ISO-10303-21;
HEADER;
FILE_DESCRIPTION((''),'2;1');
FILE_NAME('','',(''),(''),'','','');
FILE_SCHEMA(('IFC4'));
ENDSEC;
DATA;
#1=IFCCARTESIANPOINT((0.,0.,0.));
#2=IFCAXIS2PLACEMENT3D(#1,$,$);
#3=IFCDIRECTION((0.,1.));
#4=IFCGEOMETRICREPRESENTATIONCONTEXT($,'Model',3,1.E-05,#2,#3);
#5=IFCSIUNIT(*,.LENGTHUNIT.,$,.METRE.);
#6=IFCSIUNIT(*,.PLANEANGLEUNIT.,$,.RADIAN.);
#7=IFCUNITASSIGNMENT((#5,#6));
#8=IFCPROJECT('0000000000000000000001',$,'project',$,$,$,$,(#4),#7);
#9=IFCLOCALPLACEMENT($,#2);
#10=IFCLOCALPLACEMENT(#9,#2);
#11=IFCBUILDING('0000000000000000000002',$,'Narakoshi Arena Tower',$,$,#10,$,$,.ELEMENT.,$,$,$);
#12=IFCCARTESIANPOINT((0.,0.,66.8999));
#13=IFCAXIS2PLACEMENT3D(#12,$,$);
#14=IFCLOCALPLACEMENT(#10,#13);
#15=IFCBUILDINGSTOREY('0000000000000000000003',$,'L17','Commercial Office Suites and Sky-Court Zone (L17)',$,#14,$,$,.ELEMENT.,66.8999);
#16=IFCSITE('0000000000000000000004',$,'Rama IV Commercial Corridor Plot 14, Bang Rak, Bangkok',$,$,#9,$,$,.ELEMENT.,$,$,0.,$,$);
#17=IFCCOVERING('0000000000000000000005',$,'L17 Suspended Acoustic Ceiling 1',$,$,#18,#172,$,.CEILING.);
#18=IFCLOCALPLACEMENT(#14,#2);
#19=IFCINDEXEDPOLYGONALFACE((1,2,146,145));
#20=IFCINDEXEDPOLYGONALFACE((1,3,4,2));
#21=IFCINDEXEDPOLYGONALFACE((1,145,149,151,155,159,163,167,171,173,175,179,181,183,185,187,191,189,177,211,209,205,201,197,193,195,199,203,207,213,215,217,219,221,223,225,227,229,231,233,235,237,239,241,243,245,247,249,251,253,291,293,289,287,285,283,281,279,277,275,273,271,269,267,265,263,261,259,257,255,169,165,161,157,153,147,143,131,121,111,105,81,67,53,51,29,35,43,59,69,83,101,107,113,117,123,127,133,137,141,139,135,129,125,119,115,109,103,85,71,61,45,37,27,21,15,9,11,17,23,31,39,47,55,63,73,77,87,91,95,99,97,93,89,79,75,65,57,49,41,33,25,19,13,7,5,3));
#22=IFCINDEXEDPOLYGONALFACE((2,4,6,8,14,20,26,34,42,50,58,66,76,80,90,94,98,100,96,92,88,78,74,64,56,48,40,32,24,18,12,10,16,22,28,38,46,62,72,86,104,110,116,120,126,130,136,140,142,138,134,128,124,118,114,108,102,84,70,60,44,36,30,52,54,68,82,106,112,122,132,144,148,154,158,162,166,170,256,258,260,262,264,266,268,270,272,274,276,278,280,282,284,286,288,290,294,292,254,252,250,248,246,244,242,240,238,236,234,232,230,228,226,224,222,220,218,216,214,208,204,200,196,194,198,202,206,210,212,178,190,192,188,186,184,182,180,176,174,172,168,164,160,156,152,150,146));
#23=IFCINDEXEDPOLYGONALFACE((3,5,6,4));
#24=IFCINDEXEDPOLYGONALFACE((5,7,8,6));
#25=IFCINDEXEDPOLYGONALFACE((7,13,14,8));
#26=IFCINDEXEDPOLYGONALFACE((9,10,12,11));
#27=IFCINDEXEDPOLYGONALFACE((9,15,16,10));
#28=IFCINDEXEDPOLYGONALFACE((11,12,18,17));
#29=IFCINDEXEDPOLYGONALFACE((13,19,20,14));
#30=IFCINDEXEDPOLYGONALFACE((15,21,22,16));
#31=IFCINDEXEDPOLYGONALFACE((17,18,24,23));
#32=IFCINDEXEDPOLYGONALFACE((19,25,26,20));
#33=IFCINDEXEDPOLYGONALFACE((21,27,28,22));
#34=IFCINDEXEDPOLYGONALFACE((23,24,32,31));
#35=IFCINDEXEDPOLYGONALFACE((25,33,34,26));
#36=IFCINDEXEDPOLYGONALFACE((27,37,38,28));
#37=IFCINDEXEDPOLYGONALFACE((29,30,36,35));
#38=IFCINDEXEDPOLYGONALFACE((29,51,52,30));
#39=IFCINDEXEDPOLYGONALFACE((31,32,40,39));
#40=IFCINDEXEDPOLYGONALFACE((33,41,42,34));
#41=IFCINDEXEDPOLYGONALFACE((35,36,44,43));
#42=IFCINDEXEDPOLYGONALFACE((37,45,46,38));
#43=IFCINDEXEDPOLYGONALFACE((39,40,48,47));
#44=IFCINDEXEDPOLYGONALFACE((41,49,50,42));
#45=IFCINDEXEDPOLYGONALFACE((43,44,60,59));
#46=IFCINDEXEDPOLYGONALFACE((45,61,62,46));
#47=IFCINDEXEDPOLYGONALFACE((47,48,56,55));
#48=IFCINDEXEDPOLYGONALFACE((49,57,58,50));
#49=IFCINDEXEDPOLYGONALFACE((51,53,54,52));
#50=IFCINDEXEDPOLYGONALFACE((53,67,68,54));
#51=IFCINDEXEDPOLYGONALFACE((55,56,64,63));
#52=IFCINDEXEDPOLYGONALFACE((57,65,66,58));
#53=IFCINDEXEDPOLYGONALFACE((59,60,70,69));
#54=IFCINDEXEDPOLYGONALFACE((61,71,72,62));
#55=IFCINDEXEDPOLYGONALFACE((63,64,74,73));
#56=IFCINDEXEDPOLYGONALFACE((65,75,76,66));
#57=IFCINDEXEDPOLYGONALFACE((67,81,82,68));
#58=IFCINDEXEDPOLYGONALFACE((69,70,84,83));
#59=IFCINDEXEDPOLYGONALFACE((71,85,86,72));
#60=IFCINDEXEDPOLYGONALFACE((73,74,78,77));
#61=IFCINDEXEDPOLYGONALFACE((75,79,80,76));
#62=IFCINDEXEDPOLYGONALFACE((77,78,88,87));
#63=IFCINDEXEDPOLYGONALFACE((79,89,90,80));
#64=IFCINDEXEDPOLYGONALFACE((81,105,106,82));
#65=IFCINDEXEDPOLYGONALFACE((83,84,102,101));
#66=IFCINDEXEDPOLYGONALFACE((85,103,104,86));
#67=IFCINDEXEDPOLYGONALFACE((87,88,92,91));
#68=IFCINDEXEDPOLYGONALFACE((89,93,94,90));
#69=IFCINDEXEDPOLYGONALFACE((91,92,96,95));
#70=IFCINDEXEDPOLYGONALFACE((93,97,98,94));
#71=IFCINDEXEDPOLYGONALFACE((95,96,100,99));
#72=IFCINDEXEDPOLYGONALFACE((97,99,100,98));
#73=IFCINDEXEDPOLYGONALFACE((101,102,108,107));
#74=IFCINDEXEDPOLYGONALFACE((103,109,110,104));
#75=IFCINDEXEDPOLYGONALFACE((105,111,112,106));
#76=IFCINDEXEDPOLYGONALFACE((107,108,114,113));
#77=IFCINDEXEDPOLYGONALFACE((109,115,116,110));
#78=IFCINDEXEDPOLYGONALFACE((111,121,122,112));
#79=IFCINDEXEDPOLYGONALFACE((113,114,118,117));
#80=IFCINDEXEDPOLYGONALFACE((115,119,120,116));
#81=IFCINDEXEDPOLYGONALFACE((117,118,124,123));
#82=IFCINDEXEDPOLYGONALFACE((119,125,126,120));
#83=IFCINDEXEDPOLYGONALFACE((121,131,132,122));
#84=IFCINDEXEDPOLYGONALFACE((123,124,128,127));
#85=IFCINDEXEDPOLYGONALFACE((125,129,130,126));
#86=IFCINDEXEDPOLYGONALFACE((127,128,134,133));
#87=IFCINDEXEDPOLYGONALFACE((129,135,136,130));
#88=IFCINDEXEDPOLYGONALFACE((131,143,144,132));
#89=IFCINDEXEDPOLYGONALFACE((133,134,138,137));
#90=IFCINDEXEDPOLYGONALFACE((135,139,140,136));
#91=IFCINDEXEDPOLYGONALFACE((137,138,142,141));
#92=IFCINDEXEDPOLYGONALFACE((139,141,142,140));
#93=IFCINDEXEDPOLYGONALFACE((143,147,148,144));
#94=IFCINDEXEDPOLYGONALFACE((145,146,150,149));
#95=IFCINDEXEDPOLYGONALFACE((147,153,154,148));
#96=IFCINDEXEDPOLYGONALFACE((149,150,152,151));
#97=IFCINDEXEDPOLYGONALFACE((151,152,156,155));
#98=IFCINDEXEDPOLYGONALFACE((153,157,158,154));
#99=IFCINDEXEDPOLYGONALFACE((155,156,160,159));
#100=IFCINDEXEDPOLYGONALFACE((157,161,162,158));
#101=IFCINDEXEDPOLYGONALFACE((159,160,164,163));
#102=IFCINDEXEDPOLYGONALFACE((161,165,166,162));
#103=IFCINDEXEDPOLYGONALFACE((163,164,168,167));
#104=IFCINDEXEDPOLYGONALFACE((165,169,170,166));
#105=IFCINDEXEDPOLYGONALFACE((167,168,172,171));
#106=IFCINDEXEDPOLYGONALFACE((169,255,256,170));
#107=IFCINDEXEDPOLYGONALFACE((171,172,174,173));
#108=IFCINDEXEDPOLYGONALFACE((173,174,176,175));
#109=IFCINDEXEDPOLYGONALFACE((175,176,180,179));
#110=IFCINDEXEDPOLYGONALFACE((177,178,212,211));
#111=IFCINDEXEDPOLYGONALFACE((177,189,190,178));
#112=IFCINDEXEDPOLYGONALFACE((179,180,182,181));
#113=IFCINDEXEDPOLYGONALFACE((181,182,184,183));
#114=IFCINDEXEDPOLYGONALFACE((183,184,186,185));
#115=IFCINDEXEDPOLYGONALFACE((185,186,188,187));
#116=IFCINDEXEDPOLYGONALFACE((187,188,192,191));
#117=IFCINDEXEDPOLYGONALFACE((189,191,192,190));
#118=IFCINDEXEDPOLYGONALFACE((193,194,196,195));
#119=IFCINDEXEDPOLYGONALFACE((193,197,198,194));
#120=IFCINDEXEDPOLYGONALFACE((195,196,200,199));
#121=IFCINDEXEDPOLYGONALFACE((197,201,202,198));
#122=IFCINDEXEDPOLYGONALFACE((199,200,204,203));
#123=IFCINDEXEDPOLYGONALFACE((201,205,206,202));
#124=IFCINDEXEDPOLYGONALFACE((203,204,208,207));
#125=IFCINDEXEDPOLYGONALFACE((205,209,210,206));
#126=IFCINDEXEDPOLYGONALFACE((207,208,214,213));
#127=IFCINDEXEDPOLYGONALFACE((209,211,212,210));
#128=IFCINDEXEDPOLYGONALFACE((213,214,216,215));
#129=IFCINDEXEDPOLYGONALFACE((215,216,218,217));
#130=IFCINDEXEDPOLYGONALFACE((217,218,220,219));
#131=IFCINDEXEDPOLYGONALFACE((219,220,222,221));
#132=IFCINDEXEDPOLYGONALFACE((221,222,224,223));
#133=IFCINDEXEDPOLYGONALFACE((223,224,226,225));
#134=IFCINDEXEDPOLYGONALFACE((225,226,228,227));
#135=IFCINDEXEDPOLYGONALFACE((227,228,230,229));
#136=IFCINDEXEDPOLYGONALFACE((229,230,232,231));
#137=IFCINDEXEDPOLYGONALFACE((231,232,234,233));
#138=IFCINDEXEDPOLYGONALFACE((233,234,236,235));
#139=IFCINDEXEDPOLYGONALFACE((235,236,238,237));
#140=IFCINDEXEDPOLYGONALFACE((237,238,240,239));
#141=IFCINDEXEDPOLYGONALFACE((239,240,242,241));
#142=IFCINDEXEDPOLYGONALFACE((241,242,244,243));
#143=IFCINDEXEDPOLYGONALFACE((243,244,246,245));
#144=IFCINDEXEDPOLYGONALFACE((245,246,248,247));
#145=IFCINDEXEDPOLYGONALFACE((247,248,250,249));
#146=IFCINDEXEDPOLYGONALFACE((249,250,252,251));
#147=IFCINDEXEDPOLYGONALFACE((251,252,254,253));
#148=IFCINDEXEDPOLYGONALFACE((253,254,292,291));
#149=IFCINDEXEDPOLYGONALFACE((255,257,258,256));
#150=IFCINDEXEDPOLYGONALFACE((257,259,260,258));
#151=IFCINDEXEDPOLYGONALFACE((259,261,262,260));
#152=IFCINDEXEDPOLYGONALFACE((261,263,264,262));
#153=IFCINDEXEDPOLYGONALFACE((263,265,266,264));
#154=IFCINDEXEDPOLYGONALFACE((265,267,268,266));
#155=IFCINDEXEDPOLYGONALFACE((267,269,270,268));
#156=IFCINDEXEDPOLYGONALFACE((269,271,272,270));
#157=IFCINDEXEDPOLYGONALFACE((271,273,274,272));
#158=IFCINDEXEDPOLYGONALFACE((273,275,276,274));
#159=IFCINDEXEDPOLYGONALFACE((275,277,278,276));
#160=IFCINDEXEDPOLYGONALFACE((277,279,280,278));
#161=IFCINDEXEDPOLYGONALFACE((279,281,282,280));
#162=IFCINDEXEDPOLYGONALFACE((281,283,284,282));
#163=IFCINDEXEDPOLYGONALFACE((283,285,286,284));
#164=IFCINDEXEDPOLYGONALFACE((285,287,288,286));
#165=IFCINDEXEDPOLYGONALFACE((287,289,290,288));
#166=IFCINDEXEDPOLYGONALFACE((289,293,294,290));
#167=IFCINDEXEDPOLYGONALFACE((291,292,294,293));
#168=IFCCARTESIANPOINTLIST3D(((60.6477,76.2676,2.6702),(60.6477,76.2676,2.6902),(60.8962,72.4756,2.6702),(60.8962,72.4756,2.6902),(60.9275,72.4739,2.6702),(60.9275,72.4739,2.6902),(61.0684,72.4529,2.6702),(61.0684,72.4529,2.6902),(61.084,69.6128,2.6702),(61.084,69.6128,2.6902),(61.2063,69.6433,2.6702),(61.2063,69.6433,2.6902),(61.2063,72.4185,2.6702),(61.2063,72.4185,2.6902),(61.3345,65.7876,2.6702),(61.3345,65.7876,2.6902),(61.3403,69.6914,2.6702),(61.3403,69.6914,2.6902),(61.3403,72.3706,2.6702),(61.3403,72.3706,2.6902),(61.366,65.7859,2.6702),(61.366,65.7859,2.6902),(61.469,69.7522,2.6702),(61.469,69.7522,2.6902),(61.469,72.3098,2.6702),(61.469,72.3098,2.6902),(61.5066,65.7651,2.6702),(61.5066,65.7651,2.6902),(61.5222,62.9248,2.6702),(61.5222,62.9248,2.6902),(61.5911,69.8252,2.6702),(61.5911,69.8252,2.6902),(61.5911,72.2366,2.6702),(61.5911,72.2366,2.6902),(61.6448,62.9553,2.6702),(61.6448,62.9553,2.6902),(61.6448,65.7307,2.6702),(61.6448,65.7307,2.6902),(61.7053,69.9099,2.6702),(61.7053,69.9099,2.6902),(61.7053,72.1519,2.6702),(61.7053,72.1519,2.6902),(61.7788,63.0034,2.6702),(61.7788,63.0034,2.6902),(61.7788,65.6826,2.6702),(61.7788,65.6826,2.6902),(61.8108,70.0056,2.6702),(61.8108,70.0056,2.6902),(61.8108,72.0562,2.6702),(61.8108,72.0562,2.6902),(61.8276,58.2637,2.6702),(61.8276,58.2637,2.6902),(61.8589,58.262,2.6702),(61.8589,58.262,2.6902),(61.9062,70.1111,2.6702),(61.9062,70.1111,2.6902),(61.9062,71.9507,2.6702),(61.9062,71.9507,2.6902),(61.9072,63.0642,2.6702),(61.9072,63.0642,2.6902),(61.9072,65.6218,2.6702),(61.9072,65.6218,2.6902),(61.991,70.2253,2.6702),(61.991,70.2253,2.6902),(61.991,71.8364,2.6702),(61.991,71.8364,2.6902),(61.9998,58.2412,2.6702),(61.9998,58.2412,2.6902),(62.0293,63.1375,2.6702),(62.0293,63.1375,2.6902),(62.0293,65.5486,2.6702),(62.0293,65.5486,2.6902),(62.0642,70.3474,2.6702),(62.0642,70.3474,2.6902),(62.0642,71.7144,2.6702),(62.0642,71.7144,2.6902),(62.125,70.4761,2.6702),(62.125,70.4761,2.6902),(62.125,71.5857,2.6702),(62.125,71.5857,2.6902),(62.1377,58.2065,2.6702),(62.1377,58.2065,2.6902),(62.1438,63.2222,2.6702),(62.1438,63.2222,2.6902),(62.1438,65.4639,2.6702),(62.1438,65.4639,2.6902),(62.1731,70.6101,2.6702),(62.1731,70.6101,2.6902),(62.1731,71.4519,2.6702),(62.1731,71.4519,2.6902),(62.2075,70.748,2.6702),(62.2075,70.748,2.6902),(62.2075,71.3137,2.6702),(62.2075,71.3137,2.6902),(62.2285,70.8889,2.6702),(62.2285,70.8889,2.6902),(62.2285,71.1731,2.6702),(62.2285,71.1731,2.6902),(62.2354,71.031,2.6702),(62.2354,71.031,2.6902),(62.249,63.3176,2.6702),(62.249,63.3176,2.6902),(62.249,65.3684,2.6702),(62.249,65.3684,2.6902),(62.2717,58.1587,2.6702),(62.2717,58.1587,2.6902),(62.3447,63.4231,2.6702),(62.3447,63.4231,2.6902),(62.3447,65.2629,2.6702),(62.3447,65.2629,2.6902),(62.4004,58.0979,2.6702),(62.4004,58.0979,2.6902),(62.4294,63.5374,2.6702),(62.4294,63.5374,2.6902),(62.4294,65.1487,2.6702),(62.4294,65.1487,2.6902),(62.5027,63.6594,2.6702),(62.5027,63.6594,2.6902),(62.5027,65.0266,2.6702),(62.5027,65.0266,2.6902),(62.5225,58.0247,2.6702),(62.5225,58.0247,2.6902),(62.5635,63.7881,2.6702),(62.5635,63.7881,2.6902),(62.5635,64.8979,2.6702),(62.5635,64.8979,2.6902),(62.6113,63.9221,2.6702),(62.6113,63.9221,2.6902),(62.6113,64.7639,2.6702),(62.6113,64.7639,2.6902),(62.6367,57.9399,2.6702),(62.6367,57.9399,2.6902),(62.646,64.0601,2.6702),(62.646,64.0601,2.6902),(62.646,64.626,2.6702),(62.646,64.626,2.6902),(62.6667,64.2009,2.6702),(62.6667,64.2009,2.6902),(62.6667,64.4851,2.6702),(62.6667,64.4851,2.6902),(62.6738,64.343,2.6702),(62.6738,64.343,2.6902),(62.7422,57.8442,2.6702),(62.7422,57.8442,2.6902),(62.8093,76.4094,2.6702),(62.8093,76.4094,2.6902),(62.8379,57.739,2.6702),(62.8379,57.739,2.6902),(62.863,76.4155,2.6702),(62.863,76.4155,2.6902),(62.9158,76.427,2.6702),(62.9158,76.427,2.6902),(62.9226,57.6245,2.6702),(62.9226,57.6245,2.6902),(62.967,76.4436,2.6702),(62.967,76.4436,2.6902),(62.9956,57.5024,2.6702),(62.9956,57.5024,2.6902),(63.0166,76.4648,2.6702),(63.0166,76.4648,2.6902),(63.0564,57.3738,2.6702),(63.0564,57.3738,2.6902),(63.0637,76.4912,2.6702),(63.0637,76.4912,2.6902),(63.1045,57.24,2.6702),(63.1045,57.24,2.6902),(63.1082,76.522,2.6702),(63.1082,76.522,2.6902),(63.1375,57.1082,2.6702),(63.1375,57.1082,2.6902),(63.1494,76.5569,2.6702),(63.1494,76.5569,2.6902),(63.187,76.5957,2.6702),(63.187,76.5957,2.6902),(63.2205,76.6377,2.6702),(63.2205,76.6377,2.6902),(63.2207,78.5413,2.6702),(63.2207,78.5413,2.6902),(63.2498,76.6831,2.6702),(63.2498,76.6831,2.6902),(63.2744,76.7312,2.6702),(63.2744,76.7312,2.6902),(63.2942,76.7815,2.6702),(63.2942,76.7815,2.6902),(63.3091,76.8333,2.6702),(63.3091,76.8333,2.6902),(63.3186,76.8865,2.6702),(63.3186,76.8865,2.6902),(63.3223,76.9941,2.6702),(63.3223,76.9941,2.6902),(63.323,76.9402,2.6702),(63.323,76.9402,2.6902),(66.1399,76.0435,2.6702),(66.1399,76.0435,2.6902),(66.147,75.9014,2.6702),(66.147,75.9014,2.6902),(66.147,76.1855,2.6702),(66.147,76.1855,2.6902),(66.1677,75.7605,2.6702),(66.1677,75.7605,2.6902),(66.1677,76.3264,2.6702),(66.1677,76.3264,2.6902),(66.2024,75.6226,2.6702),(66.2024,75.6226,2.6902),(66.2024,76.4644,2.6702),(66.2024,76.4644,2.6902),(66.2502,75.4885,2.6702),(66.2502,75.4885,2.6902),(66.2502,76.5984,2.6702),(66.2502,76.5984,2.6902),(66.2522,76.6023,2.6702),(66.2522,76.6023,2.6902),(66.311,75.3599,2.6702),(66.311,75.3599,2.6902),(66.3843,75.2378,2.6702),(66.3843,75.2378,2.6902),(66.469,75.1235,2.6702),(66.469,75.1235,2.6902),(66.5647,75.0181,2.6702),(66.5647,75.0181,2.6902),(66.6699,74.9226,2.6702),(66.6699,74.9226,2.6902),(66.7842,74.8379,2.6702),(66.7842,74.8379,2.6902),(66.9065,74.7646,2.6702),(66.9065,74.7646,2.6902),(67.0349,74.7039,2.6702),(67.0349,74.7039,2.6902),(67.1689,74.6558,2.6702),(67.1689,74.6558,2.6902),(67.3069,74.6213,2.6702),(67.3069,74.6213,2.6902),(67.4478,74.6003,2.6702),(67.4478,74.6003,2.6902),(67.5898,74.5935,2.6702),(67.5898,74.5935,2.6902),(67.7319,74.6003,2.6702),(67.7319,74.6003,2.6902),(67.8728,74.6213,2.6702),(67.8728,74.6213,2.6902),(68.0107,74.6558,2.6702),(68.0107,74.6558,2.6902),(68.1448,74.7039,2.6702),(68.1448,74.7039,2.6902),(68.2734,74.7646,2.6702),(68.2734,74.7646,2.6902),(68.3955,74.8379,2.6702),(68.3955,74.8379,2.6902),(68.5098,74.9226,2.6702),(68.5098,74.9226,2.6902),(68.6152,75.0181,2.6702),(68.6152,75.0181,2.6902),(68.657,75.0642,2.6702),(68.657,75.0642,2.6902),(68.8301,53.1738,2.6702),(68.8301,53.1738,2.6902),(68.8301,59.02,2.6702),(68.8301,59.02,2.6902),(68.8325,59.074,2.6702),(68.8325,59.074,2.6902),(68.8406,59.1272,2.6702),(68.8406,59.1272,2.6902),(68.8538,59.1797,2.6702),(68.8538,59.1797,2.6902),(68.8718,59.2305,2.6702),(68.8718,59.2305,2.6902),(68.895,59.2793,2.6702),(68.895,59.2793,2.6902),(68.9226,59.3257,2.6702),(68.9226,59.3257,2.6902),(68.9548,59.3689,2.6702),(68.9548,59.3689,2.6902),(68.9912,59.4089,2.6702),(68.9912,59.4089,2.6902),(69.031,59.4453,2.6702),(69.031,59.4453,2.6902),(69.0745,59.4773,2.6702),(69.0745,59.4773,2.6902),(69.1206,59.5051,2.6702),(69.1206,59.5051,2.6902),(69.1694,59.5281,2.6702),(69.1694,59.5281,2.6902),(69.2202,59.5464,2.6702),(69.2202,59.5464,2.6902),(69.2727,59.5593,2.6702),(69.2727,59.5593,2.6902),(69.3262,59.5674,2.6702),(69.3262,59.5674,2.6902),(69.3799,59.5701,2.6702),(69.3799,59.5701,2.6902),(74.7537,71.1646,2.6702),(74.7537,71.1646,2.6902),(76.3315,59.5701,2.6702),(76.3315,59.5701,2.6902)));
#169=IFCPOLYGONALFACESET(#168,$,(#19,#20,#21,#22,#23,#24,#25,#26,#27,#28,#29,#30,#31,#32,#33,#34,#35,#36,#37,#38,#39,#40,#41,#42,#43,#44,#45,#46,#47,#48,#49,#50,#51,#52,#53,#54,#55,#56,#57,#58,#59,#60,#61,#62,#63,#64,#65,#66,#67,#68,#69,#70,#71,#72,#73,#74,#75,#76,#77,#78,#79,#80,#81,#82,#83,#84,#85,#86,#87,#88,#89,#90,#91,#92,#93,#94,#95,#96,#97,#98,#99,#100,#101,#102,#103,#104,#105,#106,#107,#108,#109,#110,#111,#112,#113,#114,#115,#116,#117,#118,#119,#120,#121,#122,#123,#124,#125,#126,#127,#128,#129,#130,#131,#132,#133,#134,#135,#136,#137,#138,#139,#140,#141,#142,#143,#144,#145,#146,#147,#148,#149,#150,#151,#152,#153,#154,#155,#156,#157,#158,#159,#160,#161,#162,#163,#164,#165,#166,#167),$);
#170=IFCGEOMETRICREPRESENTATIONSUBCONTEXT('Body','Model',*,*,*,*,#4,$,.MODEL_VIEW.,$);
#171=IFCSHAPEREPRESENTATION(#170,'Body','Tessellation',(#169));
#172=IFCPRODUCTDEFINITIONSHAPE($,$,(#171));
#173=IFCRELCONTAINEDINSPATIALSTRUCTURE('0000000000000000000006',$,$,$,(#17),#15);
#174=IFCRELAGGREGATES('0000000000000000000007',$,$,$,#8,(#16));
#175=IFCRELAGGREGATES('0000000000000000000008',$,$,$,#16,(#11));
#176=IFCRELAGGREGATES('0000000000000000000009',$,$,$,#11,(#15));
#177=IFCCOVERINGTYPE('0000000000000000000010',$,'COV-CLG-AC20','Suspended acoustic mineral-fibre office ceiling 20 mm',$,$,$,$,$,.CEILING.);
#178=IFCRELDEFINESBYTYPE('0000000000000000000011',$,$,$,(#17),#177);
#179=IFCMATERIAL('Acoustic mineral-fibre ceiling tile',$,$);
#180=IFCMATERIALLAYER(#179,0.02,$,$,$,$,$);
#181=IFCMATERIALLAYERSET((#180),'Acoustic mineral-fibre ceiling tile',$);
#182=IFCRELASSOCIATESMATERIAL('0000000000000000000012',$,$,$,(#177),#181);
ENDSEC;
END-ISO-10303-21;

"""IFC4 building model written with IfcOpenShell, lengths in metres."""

from ifc_helpers import new_model, si_unit, direction, frame, origin, place, context, subcontext, project, spatial, polyline, outline, extrude, material, layer, layer_set, type_object, element, save


model = new_model("IFC4")

# Units and contexts
model_context = context("Model", 3, precision=1e-05, world=origin(), true_north=direction((0.0, 1.0)))
body_context = subcontext(model_context, "Body", "Model", "MODEL_VIEW")
ifc_project = project(units=[si_unit("LENGTHUNIT", "METRE"), si_unit("PLANEANGLEUNIT", "RADIAN")], contexts=[model_context])

# Site, building, storey
site_placement = place(None, origin())
site = spatial("IfcSite", under=ifc_project, at=site_placement, Name="Rama IV Commercial Corridor Plot 14, Bang Rak, Bangkok", CompositionType="ELEMENT", RefElevation=0.0)
building_placement = place(site_placement, origin())
building = spatial("IfcBuilding", under=site, at=building_placement, Name="Narakoshi Arena Tower", CompositionType="ELEMENT")
storey_placement = place(building_placement, frame((0.0, 0.0, 66.8999)))
storey = spatial("IfcBuildingStorey", under=building, at=storey_placement, Name="L17", Description="Commercial Office Suites and Sky-Court Zone (L17)", CompositionType="ELEMENT", Elevation=66.8999)

# Covering
ifc_material_1 = material(Name="Acoustic mineral-fibre ceiling tile")
ifc_layer_1 = layer(ifc_material_1, 0.02)
ifc_layer_set_1 = layer_set([ifc_layer_1], Name="Acoustic mineral-fibre ceiling tile")
covering_type_1 = type_object("IfcCoveringType", Name="COV-CLG-AC20", Description="Suspended acoustic mineral-fibre office ceiling 20 mm", PredefinedType="CEILING", material=ifc_layer_set_1)
covering_1_placement = place(storey_placement, frame((0.0, 0.0, 2.6702)))
element("IfcCovering", 1, at=covering_1_placement, inside=storey, type_object=covering_type_1, Name="L17 Suspended Acoustic Ceiling 1", PredefinedType="CEILING", context=body_context, shape_type="SweptSolid", body=[
    extrude(outline(polyline([(62.8093, 76.4094), (62.863, 76.4155), (62.9158, 76.427), (62.967, 76.4436), (63.0166, 76.4648), (63.0637, 76.4912), (63.1082, 76.522), (63.1494, 76.5569), (63.187, 76.5957), (63.2205, 76.6377), (63.2498, 76.6831), (63.2744, 76.7312), (63.2942, 76.7815), (63.3091, 76.8333), (63.3186, 76.8865), (63.323, 76.9402), (63.3223, 76.9941), (63.2207, 78.5413), (66.2522, 76.6023), (66.2502, 76.5984), (66.2024, 76.4644), (66.1677, 76.3264), (66.147, 76.1855), (66.1399, 76.0435), (66.147, 75.9014), (66.1677, 75.7605), (66.2024, 75.6226), (66.2502, 75.4885), (66.311, 75.3599), (66.3843, 75.2378), (66.469, 75.1235), (66.5647, 75.0181), (66.6699, 74.9226), (66.7842, 74.8379), (66.9065, 74.7646), (67.0349, 74.7039), (67.1689, 74.6558), (67.3069, 74.6213), (67.4478, 74.6003), (67.5898, 74.5935), (67.7319, 74.6003), (67.8728, 74.6213), (68.0107, 74.6558), (68.1448, 74.7039), (68.2734, 74.7646), (68.3955, 74.8379), (68.5098, 74.9226), (68.6152, 75.0181), (68.657, 75.0642), (74.7537, 71.1646), (76.3315, 59.5701), (69.3799, 59.5701), (69.3262, 59.5674), (69.2727, 59.5593), (69.2202, 59.5464), (69.1694, 59.5281), (69.1206, 59.5051), (69.0745, 59.4773), (69.031, 59.4453), (68.9912, 59.4089), (68.9548, 59.3689), (68.9226, 59.3257), (68.895, 59.2793), (68.8718, 59.2305), (68.8538, 59.1797), (68.8406, 59.1272), (68.8325, 59.074), (68.8301, 59.02), (68.8301, 53.1738), (63.1375, 57.1082), (63.1045, 57.24), (63.0564, 57.3738), (62.9956, 57.5024), (62.9226, 57.6245), (62.8379, 57.739), (62.7422, 57.8442), (62.6367, 57.9399), (62.5225, 58.0247), (62.4004, 58.0979), (62.2717, 58.1587), (62.1377, 58.2065), (61.9998, 58.2412), (61.8589, 58.262), (61.8276, 58.2637), (61.5222, 62.9248), (61.6448, 62.9553), (61.7788, 63.0034), (61.9072, 63.0642), (62.0293, 63.1375), (62.1438, 63.2222), (62.249, 63.3176), (62.3447, 63.4231), (62.4294, 63.5374), (62.5027, 63.6594), (62.5635, 63.7881), (62.6113, 63.9221), (62.646, 64.0601), (62.6667, 64.2009), (62.6738, 64.343), (62.6667, 64.4851), (62.646, 64.626), (62.6113, 64.7639), (62.5635, 64.8979), (62.5027, 65.0266), (62.4294, 65.1487), (62.3447, 65.2629), (62.249, 65.3684), (62.1438, 65.4639), (62.0293, 65.5486), (61.9072, 65.6218), (61.7788, 65.6826), (61.6448, 65.7307), (61.5066, 65.7651), (61.366, 65.7859), (61.3345, 65.7876), (61.084, 69.6128), (61.2063, 69.6433), (61.3403, 69.6914), (61.469, 69.7522), (61.5911, 69.8252), (61.7053, 69.9099), (61.8108, 70.0056), (61.9062, 70.1111), (61.991, 70.2253), (62.0642, 70.3474), (62.125, 70.4761), (62.1731, 70.6101), (62.2075, 70.748), (62.2285, 70.8889), (62.2354, 71.031), (62.2285, 71.1731), (62.2075, 71.3137), (62.1731, 71.4519), (62.125, 71.5857), (62.0642, 71.7144), (61.991, 71.8364), (61.9062, 71.9507), (61.8108, 72.0562), (61.7053, 72.1519), (61.5911, 72.2366), (61.469, 72.3098), (61.3403, 72.3706), (61.2063, 72.4185), (61.0684, 72.4529), (60.9275, 72.4739), (60.8962, 72.4756), (60.6477, 76.2676), (62.8093, 76.4094)])), origin(), (0.0, 0.0, 1.0), 0.02),
])

save(model, "model.ifc")
